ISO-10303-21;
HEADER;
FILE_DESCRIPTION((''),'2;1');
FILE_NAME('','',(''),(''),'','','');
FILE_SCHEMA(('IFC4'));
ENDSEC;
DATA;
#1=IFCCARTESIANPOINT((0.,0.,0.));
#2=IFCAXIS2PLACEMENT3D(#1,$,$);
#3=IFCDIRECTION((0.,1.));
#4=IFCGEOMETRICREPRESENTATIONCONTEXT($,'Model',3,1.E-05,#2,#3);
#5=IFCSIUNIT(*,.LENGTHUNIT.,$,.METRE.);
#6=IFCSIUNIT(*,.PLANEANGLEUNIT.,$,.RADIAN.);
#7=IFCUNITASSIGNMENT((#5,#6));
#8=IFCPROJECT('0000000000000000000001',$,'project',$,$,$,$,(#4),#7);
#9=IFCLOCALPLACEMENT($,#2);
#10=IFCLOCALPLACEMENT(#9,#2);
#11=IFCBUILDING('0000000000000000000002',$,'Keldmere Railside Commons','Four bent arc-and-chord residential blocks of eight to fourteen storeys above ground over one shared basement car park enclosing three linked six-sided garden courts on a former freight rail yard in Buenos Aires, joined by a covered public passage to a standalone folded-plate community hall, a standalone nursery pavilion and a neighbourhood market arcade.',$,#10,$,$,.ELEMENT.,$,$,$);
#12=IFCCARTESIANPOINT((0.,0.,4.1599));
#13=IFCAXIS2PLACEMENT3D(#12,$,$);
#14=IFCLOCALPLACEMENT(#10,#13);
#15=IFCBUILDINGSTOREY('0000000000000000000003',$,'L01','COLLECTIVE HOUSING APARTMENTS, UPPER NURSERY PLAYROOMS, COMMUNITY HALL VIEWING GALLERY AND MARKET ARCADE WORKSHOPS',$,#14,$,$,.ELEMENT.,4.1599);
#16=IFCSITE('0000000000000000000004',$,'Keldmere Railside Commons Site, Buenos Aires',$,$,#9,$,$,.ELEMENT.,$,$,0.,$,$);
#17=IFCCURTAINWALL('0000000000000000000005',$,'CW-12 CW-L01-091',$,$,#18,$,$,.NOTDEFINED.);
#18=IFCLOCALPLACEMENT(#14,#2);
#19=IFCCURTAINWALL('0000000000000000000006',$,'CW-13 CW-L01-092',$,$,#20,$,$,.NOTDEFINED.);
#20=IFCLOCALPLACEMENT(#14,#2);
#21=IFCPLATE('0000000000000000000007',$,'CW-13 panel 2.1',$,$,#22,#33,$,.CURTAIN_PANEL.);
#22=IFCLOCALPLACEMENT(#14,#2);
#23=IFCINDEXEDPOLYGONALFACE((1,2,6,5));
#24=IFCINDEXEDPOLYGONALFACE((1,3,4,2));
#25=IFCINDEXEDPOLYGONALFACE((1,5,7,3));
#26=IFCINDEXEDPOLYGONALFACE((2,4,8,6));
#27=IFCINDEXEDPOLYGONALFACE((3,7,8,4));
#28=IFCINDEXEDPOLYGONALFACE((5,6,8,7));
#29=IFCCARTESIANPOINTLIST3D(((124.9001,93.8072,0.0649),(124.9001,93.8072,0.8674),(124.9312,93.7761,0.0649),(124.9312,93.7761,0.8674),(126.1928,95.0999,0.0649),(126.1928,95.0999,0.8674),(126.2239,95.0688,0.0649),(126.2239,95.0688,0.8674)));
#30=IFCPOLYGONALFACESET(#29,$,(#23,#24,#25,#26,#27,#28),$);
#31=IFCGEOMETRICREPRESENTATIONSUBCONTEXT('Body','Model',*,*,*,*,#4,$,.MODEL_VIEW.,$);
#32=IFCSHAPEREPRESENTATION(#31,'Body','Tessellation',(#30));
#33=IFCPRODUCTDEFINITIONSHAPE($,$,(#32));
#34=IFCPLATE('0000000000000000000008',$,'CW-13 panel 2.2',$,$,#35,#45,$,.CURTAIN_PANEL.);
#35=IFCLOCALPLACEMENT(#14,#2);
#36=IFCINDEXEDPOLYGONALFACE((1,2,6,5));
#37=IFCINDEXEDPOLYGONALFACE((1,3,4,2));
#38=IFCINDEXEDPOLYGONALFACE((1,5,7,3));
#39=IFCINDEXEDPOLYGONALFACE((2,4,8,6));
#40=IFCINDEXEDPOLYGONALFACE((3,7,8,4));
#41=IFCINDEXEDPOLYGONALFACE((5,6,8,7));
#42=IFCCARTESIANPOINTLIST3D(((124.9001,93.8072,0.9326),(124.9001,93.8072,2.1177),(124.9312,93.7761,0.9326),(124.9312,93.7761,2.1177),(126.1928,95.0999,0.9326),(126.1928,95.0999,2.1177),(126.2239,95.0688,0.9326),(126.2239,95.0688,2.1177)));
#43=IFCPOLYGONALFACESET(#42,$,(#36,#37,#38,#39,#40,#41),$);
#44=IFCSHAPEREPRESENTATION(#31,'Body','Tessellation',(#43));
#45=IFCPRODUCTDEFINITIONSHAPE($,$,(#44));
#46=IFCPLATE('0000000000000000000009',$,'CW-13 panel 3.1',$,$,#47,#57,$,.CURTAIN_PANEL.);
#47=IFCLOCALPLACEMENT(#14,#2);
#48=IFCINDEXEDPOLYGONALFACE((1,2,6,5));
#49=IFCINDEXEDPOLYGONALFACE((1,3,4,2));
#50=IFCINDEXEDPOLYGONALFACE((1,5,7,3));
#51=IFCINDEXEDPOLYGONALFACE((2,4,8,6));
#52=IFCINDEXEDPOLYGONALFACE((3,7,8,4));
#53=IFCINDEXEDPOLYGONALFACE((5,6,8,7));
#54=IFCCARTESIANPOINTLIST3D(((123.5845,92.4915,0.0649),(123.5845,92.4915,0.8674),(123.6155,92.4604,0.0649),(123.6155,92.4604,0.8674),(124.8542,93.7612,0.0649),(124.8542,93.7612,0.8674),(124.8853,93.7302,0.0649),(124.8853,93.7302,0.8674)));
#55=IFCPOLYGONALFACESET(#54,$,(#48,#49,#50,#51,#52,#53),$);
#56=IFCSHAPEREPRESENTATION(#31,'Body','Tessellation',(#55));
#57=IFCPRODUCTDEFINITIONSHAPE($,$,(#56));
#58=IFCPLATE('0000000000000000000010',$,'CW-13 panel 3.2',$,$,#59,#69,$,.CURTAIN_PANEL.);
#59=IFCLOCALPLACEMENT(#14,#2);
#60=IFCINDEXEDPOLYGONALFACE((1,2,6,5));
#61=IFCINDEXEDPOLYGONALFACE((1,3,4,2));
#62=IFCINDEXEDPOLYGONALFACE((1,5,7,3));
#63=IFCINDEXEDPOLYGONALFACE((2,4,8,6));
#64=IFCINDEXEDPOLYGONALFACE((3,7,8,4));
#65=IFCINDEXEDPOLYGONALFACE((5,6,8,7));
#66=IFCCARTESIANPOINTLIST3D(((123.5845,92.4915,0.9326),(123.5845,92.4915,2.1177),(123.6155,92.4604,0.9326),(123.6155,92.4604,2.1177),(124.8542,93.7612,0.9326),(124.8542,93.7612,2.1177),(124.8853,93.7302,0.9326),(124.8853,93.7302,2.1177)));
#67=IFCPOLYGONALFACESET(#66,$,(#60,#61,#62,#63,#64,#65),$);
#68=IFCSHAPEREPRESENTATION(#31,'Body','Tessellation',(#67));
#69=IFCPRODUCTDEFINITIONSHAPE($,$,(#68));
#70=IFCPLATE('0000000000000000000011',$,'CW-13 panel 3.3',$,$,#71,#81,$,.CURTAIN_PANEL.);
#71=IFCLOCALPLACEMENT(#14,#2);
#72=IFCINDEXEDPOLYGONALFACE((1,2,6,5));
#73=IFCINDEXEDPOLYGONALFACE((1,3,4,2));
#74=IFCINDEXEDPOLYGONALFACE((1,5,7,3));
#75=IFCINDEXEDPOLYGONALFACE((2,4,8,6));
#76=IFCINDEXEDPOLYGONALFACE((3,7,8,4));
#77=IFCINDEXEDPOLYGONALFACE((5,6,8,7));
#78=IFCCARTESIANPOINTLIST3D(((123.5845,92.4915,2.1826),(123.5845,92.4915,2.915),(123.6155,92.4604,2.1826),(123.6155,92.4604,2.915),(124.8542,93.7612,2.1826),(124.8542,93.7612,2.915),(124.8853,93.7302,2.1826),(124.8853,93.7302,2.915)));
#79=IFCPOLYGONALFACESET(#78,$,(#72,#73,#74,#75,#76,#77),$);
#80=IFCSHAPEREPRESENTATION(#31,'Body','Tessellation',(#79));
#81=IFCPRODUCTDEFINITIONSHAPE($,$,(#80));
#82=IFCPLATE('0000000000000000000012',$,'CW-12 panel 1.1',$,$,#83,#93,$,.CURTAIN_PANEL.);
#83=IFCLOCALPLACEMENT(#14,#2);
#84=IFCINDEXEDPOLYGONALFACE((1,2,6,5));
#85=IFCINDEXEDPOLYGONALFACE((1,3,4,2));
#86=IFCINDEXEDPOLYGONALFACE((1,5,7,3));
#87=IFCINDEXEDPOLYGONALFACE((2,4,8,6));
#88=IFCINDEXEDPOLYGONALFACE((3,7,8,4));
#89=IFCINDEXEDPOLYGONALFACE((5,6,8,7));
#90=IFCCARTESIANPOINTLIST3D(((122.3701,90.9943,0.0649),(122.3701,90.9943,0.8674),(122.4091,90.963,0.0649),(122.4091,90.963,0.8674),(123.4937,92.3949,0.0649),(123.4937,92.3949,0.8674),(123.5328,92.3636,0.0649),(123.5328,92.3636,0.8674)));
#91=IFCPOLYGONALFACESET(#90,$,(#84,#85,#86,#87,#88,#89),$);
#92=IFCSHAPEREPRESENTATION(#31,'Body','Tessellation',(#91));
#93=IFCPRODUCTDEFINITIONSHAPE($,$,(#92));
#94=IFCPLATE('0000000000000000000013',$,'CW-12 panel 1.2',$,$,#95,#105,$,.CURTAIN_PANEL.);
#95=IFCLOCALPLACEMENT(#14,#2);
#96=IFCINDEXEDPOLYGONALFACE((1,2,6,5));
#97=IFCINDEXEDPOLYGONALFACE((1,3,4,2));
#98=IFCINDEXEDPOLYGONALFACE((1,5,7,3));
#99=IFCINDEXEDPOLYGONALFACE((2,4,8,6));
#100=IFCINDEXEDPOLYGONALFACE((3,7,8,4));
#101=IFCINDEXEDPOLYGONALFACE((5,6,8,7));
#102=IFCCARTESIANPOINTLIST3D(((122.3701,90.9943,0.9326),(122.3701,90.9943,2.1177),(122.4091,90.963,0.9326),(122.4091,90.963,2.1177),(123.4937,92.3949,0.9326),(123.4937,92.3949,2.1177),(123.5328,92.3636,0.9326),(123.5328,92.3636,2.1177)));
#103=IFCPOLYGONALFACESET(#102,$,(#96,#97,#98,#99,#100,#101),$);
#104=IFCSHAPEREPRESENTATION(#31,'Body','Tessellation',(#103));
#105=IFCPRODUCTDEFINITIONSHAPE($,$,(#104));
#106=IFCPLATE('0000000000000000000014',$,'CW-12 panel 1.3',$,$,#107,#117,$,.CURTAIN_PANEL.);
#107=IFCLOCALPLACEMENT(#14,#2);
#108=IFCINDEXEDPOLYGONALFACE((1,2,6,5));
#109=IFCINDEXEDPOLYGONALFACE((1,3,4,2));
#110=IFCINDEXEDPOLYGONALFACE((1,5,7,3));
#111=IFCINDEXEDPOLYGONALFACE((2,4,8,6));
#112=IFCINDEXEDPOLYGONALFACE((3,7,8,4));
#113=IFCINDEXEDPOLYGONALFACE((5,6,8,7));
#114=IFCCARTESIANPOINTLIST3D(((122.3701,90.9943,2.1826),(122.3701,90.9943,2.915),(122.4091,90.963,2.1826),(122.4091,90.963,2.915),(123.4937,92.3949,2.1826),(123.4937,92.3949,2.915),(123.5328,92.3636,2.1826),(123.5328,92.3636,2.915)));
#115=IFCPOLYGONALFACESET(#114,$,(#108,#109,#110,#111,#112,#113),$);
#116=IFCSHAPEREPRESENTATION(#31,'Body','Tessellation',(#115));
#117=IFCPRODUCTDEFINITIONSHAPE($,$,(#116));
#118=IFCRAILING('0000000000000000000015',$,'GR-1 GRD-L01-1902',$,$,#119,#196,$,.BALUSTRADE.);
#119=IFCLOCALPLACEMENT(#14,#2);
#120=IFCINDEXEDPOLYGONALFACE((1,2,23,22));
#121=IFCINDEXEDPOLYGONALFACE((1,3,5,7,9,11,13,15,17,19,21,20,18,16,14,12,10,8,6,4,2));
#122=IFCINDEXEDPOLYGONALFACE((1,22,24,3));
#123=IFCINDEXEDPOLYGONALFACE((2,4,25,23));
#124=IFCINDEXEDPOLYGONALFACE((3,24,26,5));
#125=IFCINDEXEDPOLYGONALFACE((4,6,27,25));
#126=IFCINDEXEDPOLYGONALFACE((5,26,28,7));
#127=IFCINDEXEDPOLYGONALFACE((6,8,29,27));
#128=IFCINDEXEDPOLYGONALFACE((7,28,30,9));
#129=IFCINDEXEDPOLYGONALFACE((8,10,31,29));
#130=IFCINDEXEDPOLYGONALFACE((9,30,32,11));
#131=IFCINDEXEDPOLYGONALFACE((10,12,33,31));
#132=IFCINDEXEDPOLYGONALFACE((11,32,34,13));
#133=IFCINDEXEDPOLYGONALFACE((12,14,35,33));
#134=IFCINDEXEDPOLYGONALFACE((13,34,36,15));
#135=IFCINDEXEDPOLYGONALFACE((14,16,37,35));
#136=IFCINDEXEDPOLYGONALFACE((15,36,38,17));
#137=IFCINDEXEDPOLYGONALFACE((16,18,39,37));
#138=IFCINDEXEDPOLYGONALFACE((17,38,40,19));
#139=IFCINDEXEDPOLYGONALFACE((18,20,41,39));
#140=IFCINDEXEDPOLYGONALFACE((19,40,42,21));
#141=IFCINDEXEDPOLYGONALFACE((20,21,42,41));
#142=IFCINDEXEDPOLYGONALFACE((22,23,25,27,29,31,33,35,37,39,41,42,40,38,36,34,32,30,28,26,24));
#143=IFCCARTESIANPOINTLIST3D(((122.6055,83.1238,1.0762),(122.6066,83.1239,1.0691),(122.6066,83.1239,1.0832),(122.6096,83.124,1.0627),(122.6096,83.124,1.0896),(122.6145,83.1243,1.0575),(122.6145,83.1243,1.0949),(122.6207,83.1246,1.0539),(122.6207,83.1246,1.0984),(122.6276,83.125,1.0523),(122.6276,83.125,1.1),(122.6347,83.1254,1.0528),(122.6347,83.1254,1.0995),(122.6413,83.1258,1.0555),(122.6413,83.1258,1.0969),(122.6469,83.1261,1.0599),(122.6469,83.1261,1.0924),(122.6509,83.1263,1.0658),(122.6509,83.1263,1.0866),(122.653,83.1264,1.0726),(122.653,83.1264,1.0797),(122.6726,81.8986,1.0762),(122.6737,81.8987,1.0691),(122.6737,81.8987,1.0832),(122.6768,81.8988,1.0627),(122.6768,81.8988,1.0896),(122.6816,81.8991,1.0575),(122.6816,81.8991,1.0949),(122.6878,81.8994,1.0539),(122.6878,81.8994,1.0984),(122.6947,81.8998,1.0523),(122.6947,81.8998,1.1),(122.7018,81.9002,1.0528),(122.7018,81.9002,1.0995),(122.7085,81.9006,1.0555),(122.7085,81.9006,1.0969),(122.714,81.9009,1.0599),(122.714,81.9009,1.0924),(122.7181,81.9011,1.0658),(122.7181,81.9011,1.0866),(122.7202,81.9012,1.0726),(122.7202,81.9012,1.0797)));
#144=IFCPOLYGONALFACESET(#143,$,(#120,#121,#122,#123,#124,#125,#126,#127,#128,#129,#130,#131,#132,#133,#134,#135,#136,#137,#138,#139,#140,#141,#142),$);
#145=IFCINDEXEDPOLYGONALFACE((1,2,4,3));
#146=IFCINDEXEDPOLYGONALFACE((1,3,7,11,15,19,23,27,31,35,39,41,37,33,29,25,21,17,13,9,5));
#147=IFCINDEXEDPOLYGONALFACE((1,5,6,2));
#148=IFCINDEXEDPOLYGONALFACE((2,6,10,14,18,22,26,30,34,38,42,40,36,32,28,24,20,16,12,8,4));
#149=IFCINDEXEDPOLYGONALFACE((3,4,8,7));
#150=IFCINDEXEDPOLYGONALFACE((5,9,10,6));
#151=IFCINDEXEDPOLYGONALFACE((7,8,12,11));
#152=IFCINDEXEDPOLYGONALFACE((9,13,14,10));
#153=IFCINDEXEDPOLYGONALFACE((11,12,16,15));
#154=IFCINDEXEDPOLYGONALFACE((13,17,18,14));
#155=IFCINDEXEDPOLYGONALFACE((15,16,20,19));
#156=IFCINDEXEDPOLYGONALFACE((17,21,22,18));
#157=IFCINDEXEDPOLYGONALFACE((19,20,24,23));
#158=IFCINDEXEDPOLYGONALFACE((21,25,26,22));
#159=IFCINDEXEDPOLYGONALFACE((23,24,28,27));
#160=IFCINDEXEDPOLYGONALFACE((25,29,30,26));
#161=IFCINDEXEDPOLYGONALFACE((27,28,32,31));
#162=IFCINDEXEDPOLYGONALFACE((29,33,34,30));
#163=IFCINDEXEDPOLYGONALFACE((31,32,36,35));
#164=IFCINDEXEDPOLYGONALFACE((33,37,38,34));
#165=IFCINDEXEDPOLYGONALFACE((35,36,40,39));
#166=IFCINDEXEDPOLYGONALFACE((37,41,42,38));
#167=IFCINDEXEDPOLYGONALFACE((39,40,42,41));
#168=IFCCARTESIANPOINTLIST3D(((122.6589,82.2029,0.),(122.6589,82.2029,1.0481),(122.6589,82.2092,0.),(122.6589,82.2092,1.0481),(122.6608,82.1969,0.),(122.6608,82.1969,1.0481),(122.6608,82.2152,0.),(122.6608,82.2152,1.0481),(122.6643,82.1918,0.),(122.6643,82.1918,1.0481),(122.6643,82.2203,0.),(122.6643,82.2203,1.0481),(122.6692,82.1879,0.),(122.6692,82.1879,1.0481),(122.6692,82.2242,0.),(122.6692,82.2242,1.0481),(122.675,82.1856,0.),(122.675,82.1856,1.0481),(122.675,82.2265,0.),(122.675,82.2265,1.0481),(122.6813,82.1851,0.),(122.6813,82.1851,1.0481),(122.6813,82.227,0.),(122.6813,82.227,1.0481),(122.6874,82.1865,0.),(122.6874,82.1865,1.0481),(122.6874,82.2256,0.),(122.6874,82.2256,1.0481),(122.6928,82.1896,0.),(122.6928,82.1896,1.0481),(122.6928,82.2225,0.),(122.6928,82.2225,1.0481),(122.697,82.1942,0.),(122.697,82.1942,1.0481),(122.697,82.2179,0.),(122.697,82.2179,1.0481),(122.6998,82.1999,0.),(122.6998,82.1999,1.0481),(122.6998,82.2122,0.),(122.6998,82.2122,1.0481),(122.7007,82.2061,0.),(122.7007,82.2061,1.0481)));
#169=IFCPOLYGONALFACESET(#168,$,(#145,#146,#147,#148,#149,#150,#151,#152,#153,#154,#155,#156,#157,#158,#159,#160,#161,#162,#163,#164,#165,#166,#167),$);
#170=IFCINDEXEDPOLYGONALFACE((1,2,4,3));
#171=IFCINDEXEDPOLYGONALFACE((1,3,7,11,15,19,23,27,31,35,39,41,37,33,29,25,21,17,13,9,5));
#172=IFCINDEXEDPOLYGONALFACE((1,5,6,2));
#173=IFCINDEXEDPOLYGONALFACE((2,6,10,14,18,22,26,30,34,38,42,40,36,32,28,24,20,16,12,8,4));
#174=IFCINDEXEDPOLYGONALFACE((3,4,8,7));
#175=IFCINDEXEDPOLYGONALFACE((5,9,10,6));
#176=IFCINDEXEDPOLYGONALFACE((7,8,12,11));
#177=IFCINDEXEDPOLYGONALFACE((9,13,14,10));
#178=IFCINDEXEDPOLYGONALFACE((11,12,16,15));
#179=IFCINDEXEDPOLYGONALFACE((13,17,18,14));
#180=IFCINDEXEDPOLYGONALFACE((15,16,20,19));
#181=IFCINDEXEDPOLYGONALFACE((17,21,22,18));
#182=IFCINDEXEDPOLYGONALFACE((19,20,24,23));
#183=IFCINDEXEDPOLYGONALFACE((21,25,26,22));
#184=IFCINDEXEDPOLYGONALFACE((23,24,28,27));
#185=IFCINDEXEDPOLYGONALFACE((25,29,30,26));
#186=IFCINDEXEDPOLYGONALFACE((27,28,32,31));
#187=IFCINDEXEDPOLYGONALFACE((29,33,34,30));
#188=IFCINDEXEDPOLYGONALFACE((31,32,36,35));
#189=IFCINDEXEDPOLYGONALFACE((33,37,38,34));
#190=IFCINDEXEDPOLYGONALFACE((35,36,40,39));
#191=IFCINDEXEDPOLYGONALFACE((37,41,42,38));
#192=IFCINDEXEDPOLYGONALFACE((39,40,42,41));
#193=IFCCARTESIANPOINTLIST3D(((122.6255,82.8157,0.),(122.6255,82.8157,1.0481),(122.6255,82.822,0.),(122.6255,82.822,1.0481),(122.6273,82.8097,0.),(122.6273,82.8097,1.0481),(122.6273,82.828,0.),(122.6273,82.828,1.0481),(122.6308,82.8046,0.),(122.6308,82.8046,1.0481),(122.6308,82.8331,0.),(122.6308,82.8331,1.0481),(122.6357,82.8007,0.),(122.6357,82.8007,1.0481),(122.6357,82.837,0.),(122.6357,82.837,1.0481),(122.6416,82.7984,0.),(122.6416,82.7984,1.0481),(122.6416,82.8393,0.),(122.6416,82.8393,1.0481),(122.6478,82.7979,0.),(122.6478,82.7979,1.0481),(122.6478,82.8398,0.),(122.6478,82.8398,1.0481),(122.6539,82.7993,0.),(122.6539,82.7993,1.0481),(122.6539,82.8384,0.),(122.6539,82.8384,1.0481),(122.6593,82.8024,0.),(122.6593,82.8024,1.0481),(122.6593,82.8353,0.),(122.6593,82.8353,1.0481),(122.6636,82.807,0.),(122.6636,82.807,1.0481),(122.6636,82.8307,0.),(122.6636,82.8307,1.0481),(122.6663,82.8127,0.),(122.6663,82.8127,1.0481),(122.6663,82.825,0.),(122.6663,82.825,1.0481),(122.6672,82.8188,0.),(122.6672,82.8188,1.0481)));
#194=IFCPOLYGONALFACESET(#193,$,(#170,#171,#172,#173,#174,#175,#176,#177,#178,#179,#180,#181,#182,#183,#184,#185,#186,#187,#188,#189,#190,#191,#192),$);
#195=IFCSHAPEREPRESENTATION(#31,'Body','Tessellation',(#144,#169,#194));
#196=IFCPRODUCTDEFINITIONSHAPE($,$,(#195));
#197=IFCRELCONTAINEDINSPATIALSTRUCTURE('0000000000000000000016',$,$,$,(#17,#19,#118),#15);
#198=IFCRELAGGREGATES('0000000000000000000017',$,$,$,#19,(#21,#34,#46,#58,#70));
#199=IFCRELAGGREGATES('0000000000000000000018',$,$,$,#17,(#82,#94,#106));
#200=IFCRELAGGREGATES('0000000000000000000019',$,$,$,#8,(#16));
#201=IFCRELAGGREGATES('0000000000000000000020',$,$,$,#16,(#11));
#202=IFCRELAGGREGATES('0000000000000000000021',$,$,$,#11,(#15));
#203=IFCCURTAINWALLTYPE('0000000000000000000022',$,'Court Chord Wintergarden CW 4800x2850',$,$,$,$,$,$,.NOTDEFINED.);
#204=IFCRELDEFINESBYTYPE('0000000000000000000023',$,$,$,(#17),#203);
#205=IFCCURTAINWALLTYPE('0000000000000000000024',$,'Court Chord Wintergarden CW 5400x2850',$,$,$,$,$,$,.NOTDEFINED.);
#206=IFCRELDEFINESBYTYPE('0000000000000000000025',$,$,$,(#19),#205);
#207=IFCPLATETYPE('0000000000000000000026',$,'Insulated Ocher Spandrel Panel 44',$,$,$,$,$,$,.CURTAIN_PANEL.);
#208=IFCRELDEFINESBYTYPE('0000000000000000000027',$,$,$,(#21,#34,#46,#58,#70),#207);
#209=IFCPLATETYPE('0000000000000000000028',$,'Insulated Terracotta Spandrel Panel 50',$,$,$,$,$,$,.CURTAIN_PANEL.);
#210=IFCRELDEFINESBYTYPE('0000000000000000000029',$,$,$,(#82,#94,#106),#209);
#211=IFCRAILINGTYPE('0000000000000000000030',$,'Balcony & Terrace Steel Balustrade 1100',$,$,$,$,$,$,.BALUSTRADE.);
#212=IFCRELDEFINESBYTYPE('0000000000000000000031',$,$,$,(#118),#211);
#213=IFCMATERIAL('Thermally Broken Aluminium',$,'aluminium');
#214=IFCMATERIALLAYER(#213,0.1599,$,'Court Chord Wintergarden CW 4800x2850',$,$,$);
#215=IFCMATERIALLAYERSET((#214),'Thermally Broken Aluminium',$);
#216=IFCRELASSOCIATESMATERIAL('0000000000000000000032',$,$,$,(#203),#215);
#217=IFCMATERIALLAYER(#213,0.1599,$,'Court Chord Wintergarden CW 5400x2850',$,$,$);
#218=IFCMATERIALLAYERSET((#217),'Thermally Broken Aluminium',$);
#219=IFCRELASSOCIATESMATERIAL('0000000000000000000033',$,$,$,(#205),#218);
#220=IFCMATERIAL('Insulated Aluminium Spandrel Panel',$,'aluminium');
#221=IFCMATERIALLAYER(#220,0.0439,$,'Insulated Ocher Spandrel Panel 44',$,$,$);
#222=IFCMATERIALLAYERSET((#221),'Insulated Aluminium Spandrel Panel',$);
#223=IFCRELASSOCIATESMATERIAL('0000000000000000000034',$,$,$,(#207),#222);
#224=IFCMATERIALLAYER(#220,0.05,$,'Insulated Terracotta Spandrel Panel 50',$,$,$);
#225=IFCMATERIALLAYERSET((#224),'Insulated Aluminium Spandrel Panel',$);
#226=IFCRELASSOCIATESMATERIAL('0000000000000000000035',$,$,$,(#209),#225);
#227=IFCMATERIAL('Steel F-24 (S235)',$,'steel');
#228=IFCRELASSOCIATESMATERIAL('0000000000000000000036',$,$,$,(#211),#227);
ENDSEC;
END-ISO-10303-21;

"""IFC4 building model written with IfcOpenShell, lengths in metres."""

from ifc_helpers import new_model, si_unit, direction, frame, origin, origin_2d, place, context, subcontext, project, spatial, rectangle, circle, extrude, material, layer, layer_set, type_object, element, aggregate, save


model = new_model("IFC4")

# Units and contexts
model_context = context("Model", 3, precision=1e-05, world=origin(), true_north=direction((0.0, 1.0)))
body_context = subcontext(model_context, "Body", "Model", "MODEL_VIEW")
ifc_project = project(units=[si_unit("LENGTHUNIT", "METRE"), si_unit("PLANEANGLEUNIT", "RADIAN")], contexts=[model_context])

# Site, building, storey
site_placement = place(None, origin())
site = spatial("IfcSite", under=ifc_project, at=site_placement, Name="Keldmere Railside Commons Site, Buenos Aires", CompositionType="ELEMENT", RefElevation=0.0)
building_placement = place(site_placement, origin())
building = spatial("IfcBuilding", under=site, at=building_placement, Name="Keldmere Railside Commons", Description="Four bent arc-and-chord residential blocks of eight to fourteen storeys above ground over one shared basement car park enclosing three linked six-sided garden courts on a former freight rail yard in Buenos Aires, joined by a covered public passage to a standalone folded-plate community hall, a standalone nursery pavilion and a neighbourhood market arcade.", CompositionType="ELEMENT")
storey_placement = place(building_placement, frame((0.0, 0.0, 4.1599)))
storey = spatial("IfcBuildingStorey", under=building, at=storey_placement, Name="L01", Description="COLLECTIVE HOUSING APARTMENTS, UPPER NURSERY PLAYROOMS, COMMUNITY HALL VIEWING GALLERY AND MARKET ARCADE WORKSHOPS", CompositionType="ELEMENT", Elevation=4.1599)

# Curtain wall
ifc_material_1 = material(Name="Thermally Broken Aluminium", Category="aluminium")
ifc_layer_1 = layer(ifc_material_1, 0.1599, Name="Court Chord Wintergarden CW 4800x2850")
ifc_layer_set_1 = layer_set([ifc_layer_1], Name="Thermally Broken Aluminium")
curtain_wall_type_1 = type_object("IfcCurtainWallType", Name="Court Chord Wintergarden CW 4800x2850", PredefinedType="NOTDEFINED", material=ifc_layer_set_1)
curtain_wall_1_placement = place(storey_placement, origin())
curtain_wall_1 = element("IfcCurtainWall", 1, at=curtain_wall_1_placement, inside=storey, type_object=curtain_wall_type_1, Name="CW-12 CW-L01-091", PredefinedType="NOTDEFINED")

# Curtain wall
ifc_layer_2 = layer(ifc_material_1, 0.1599, Name="Court Chord Wintergarden CW 5400x2850")
ifc_layer_set_2 = layer_set([ifc_layer_2], Name="Thermally Broken Aluminium")
curtain_wall_type_2 = type_object("IfcCurtainWallType", Name="Court Chord Wintergarden CW 5400x2850", PredefinedType="NOTDEFINED", material=ifc_layer_set_2)
curtain_wall_2_placement = place(storey_placement, origin())
curtain_wall_2 = element("IfcCurtainWall", 2, at=curtain_wall_2_placement, inside=storey, type_object=curtain_wall_type_2, Name="CW-13 CW-L01-092", PredefinedType="NOTDEFINED")

# Plates
ifc_material_2 = material(Name="Insulated Aluminium Spandrel Panel", Category="aluminium")
ifc_layer_3 = layer(ifc_material_2, 0.0439, Name="Insulated Ocher Spandrel Panel 44")
ifc_layer_set_3 = layer_set([ifc_layer_3], Name="Insulated Aluminium Spandrel Panel")
plate_type_1 = type_object("IfcPlateType", Name="Insulated Ocher Spandrel Panel 44", PredefinedType="CURTAIN_PANEL", material=ifc_layer_set_3)
plate_1_placement = place(storey_placement, frame((125.562, 94.438, 0.0649), z_axis=(0.0, 0.0, 1.0), x_axis=(-0.707107, -0.707107, 0.0)))
plate_1 = element("IfcPlate", 3, at=plate_1_placement, type_object=plate_type_1, Name="CW-13 panel 2.1", PredefinedType="CURTAIN_PANEL", context=body_context, shape_type="SweptSolid", body=[
    extrude(rectangle(XDim=1.8281, YDim=0.0439, at=origin_2d()), origin(), (0.0, 0.0, 1.0), 0.8025),
])
plate_2_placement = place(storey_placement, frame((125.562, 94.438, 0.9326), z_axis=(0.0, 0.0, 1.0), x_axis=(-0.707107, -0.707107, 0.0)))
plate_2 = element("IfcPlate", 4, at=plate_2_placement, type_object=plate_type_1, Name="CW-13 panel 2.2", PredefinedType="CURTAIN_PANEL", context=body_context, shape_type="SweptSolid", body=[
    extrude(rectangle(XDim=1.8281, YDim=0.0439, at=origin_2d()), origin(), (0.0, 0.0, 1.0), 1.1851),
])
plate_3_placement = place(storey_placement, frame((124.2349, 93.1108, 0.0649), z_axis=(0.0, 0.0, 1.0), x_axis=(-0.707107, -0.707107, 0.0)))
plate_3 = element("IfcPlate", 5, at=plate_3_placement, type_object=plate_type_1, Name="CW-13 panel 3.1", PredefinedType="CURTAIN_PANEL", context=body_context, shape_type="SweptSolid", body=[
    extrude(rectangle(XDim=1.7957, YDim=0.0439, at=origin_2d()), origin(), (0.0, 0.0, 1.0), 0.8025),
])
plate_4_placement = place(storey_placement, frame((124.2349, 93.1108, 0.9326), z_axis=(0.0, 0.0, 1.0), x_axis=(-0.707107, -0.707107, 0.0)))
plate_4 = element("IfcPlate", 6, at=plate_4_placement, type_object=plate_type_1, Name="CW-13 panel 3.2", PredefinedType="CURTAIN_PANEL", context=body_context, shape_type="SweptSolid", body=[
    extrude(rectangle(XDim=1.7957, YDim=0.0439, at=origin_2d()), origin(), (0.0, 0.0, 1.0), 1.1851),
])
plate_5_placement = place(storey_placement, frame((124.2349, 93.1108, 2.1826), z_axis=(0.0, 0.0, 1.0), x_axis=(-0.707107, -0.707107, 0.0)))
plate_5 = element("IfcPlate", 7, at=plate_5_placement, type_object=plate_type_1, Name="CW-13 panel 3.3", PredefinedType="CURTAIN_PANEL", context=body_context, shape_type="SweptSolid", body=[
    extrude(rectangle(XDim=1.7957, YDim=0.0439, at=origin_2d()), origin(), (0.0, 0.0, 1.0), 0.7324),
])
aggregate(curtain_wall_2, [plate_1, plate_2, plate_3, plate_4, plate_5])
ifc_layer_4 = layer(ifc_material_2, 0.05, Name="Insulated Terracotta Spandrel Panel 50")
ifc_layer_set_4 = layer_set([ifc_layer_4], Name="Insulated Aluminium Spandrel Panel")
plate_type_2 = type_object("IfcPlateType", Name="Insulated Terracotta Spandrel Panel 50", PredefinedType="CURTAIN_PANEL", material=ifc_layer_set_4)
plate_6_placement = place(storey_placement, frame((122.9514, 91.679, 0.0649), z_axis=(0.0, 0.0, 1.0), x_axis=(-0.625768, -0.780009, 0.0)))
plate_6 = element("IfcPlate", 8, at=plate_6_placement, type_object=plate_type_2, Name="CW-12 panel 1.1", PredefinedType="CURTAIN_PANEL", context=body_context, shape_type="SweptSolid", body=[
    extrude(rectangle(XDim=1.7957, YDim=0.05, at=origin_2d()), origin(), (0.0, 0.0, 1.0), 0.8025),
])
plate_7_placement = place(storey_placement, frame((122.9514, 91.679, 0.9326), z_axis=(0.0, 0.0, 1.0), x_axis=(-0.625768, -0.780009, 0.0)))
plate_7 = element("IfcPlate", 9, at=plate_7_placement, type_object=plate_type_2, Name="CW-12 panel 1.2", PredefinedType="CURTAIN_PANEL", context=body_context, shape_type="SweptSolid", body=[
    extrude(rectangle(XDim=1.7957, YDim=0.05, at=origin_2d()), origin(), (0.0, 0.0, 1.0), 1.1851),
])
plate_8_placement = place(storey_placement, frame((122.9514, 91.679, 2.1826), z_axis=(0.0, 0.0, 1.0), x_axis=(-0.625768, -0.780009, 0.0)))
plate_8 = element("IfcPlate", 10, at=plate_8_placement, type_object=plate_type_2, Name="CW-12 panel 1.3", PredefinedType="CURTAIN_PANEL", context=body_context, shape_type="SweptSolid", body=[
    extrude(rectangle(XDim=1.7957, YDim=0.05, at=origin_2d()), origin(), (0.0, 0.0, 1.0), 0.7324),
])
aggregate(curtain_wall_1, [plate_6, plate_7, plate_8])

# Railing
ifc_material_3 = material(Name="Steel F-24 (S235)", Category="steel")
railing_type = type_object("IfcRailingType", Name="Balcony & Terrace Steel Balustrade 1100", PredefinedType="BALUSTRADE", material=ifc_material_3)
railing_1_placement = place(storey_placement, frame((122.6965, 81.8999, 0.0)))
element("IfcRailing", 11, at=railing_1_placement, inside=storey, type_object=railing_type, Name="GR-1 GRD-L01-1902", PredefinedType="BALUSTRADE", context=body_context, shape_type="SweptSolid", body=[
    extrude(circle(Radius=0.0239, at=origin_2d()), frame((0.0, 0.0, 1.0762), z_axis=(-0.054721, 0.998502, 0.0), x_axis=(-0.998502, -0.054721, 0.0)), (0.0, 0.0, 1.0), 1.2271),
    extrude(circle(Radius=0.021, at=origin_2d()), frame((-0.0168, 0.3062, 0.0)), (0.0, 0.0, 1.0), 1.0481),
    extrude(circle(Radius=0.021, at=origin_2d()), frame((-0.0503, 0.9189, 0.0)), (0.0, 0.0, 1.0), 1.0481),
])

save(model, "model.ifc")
